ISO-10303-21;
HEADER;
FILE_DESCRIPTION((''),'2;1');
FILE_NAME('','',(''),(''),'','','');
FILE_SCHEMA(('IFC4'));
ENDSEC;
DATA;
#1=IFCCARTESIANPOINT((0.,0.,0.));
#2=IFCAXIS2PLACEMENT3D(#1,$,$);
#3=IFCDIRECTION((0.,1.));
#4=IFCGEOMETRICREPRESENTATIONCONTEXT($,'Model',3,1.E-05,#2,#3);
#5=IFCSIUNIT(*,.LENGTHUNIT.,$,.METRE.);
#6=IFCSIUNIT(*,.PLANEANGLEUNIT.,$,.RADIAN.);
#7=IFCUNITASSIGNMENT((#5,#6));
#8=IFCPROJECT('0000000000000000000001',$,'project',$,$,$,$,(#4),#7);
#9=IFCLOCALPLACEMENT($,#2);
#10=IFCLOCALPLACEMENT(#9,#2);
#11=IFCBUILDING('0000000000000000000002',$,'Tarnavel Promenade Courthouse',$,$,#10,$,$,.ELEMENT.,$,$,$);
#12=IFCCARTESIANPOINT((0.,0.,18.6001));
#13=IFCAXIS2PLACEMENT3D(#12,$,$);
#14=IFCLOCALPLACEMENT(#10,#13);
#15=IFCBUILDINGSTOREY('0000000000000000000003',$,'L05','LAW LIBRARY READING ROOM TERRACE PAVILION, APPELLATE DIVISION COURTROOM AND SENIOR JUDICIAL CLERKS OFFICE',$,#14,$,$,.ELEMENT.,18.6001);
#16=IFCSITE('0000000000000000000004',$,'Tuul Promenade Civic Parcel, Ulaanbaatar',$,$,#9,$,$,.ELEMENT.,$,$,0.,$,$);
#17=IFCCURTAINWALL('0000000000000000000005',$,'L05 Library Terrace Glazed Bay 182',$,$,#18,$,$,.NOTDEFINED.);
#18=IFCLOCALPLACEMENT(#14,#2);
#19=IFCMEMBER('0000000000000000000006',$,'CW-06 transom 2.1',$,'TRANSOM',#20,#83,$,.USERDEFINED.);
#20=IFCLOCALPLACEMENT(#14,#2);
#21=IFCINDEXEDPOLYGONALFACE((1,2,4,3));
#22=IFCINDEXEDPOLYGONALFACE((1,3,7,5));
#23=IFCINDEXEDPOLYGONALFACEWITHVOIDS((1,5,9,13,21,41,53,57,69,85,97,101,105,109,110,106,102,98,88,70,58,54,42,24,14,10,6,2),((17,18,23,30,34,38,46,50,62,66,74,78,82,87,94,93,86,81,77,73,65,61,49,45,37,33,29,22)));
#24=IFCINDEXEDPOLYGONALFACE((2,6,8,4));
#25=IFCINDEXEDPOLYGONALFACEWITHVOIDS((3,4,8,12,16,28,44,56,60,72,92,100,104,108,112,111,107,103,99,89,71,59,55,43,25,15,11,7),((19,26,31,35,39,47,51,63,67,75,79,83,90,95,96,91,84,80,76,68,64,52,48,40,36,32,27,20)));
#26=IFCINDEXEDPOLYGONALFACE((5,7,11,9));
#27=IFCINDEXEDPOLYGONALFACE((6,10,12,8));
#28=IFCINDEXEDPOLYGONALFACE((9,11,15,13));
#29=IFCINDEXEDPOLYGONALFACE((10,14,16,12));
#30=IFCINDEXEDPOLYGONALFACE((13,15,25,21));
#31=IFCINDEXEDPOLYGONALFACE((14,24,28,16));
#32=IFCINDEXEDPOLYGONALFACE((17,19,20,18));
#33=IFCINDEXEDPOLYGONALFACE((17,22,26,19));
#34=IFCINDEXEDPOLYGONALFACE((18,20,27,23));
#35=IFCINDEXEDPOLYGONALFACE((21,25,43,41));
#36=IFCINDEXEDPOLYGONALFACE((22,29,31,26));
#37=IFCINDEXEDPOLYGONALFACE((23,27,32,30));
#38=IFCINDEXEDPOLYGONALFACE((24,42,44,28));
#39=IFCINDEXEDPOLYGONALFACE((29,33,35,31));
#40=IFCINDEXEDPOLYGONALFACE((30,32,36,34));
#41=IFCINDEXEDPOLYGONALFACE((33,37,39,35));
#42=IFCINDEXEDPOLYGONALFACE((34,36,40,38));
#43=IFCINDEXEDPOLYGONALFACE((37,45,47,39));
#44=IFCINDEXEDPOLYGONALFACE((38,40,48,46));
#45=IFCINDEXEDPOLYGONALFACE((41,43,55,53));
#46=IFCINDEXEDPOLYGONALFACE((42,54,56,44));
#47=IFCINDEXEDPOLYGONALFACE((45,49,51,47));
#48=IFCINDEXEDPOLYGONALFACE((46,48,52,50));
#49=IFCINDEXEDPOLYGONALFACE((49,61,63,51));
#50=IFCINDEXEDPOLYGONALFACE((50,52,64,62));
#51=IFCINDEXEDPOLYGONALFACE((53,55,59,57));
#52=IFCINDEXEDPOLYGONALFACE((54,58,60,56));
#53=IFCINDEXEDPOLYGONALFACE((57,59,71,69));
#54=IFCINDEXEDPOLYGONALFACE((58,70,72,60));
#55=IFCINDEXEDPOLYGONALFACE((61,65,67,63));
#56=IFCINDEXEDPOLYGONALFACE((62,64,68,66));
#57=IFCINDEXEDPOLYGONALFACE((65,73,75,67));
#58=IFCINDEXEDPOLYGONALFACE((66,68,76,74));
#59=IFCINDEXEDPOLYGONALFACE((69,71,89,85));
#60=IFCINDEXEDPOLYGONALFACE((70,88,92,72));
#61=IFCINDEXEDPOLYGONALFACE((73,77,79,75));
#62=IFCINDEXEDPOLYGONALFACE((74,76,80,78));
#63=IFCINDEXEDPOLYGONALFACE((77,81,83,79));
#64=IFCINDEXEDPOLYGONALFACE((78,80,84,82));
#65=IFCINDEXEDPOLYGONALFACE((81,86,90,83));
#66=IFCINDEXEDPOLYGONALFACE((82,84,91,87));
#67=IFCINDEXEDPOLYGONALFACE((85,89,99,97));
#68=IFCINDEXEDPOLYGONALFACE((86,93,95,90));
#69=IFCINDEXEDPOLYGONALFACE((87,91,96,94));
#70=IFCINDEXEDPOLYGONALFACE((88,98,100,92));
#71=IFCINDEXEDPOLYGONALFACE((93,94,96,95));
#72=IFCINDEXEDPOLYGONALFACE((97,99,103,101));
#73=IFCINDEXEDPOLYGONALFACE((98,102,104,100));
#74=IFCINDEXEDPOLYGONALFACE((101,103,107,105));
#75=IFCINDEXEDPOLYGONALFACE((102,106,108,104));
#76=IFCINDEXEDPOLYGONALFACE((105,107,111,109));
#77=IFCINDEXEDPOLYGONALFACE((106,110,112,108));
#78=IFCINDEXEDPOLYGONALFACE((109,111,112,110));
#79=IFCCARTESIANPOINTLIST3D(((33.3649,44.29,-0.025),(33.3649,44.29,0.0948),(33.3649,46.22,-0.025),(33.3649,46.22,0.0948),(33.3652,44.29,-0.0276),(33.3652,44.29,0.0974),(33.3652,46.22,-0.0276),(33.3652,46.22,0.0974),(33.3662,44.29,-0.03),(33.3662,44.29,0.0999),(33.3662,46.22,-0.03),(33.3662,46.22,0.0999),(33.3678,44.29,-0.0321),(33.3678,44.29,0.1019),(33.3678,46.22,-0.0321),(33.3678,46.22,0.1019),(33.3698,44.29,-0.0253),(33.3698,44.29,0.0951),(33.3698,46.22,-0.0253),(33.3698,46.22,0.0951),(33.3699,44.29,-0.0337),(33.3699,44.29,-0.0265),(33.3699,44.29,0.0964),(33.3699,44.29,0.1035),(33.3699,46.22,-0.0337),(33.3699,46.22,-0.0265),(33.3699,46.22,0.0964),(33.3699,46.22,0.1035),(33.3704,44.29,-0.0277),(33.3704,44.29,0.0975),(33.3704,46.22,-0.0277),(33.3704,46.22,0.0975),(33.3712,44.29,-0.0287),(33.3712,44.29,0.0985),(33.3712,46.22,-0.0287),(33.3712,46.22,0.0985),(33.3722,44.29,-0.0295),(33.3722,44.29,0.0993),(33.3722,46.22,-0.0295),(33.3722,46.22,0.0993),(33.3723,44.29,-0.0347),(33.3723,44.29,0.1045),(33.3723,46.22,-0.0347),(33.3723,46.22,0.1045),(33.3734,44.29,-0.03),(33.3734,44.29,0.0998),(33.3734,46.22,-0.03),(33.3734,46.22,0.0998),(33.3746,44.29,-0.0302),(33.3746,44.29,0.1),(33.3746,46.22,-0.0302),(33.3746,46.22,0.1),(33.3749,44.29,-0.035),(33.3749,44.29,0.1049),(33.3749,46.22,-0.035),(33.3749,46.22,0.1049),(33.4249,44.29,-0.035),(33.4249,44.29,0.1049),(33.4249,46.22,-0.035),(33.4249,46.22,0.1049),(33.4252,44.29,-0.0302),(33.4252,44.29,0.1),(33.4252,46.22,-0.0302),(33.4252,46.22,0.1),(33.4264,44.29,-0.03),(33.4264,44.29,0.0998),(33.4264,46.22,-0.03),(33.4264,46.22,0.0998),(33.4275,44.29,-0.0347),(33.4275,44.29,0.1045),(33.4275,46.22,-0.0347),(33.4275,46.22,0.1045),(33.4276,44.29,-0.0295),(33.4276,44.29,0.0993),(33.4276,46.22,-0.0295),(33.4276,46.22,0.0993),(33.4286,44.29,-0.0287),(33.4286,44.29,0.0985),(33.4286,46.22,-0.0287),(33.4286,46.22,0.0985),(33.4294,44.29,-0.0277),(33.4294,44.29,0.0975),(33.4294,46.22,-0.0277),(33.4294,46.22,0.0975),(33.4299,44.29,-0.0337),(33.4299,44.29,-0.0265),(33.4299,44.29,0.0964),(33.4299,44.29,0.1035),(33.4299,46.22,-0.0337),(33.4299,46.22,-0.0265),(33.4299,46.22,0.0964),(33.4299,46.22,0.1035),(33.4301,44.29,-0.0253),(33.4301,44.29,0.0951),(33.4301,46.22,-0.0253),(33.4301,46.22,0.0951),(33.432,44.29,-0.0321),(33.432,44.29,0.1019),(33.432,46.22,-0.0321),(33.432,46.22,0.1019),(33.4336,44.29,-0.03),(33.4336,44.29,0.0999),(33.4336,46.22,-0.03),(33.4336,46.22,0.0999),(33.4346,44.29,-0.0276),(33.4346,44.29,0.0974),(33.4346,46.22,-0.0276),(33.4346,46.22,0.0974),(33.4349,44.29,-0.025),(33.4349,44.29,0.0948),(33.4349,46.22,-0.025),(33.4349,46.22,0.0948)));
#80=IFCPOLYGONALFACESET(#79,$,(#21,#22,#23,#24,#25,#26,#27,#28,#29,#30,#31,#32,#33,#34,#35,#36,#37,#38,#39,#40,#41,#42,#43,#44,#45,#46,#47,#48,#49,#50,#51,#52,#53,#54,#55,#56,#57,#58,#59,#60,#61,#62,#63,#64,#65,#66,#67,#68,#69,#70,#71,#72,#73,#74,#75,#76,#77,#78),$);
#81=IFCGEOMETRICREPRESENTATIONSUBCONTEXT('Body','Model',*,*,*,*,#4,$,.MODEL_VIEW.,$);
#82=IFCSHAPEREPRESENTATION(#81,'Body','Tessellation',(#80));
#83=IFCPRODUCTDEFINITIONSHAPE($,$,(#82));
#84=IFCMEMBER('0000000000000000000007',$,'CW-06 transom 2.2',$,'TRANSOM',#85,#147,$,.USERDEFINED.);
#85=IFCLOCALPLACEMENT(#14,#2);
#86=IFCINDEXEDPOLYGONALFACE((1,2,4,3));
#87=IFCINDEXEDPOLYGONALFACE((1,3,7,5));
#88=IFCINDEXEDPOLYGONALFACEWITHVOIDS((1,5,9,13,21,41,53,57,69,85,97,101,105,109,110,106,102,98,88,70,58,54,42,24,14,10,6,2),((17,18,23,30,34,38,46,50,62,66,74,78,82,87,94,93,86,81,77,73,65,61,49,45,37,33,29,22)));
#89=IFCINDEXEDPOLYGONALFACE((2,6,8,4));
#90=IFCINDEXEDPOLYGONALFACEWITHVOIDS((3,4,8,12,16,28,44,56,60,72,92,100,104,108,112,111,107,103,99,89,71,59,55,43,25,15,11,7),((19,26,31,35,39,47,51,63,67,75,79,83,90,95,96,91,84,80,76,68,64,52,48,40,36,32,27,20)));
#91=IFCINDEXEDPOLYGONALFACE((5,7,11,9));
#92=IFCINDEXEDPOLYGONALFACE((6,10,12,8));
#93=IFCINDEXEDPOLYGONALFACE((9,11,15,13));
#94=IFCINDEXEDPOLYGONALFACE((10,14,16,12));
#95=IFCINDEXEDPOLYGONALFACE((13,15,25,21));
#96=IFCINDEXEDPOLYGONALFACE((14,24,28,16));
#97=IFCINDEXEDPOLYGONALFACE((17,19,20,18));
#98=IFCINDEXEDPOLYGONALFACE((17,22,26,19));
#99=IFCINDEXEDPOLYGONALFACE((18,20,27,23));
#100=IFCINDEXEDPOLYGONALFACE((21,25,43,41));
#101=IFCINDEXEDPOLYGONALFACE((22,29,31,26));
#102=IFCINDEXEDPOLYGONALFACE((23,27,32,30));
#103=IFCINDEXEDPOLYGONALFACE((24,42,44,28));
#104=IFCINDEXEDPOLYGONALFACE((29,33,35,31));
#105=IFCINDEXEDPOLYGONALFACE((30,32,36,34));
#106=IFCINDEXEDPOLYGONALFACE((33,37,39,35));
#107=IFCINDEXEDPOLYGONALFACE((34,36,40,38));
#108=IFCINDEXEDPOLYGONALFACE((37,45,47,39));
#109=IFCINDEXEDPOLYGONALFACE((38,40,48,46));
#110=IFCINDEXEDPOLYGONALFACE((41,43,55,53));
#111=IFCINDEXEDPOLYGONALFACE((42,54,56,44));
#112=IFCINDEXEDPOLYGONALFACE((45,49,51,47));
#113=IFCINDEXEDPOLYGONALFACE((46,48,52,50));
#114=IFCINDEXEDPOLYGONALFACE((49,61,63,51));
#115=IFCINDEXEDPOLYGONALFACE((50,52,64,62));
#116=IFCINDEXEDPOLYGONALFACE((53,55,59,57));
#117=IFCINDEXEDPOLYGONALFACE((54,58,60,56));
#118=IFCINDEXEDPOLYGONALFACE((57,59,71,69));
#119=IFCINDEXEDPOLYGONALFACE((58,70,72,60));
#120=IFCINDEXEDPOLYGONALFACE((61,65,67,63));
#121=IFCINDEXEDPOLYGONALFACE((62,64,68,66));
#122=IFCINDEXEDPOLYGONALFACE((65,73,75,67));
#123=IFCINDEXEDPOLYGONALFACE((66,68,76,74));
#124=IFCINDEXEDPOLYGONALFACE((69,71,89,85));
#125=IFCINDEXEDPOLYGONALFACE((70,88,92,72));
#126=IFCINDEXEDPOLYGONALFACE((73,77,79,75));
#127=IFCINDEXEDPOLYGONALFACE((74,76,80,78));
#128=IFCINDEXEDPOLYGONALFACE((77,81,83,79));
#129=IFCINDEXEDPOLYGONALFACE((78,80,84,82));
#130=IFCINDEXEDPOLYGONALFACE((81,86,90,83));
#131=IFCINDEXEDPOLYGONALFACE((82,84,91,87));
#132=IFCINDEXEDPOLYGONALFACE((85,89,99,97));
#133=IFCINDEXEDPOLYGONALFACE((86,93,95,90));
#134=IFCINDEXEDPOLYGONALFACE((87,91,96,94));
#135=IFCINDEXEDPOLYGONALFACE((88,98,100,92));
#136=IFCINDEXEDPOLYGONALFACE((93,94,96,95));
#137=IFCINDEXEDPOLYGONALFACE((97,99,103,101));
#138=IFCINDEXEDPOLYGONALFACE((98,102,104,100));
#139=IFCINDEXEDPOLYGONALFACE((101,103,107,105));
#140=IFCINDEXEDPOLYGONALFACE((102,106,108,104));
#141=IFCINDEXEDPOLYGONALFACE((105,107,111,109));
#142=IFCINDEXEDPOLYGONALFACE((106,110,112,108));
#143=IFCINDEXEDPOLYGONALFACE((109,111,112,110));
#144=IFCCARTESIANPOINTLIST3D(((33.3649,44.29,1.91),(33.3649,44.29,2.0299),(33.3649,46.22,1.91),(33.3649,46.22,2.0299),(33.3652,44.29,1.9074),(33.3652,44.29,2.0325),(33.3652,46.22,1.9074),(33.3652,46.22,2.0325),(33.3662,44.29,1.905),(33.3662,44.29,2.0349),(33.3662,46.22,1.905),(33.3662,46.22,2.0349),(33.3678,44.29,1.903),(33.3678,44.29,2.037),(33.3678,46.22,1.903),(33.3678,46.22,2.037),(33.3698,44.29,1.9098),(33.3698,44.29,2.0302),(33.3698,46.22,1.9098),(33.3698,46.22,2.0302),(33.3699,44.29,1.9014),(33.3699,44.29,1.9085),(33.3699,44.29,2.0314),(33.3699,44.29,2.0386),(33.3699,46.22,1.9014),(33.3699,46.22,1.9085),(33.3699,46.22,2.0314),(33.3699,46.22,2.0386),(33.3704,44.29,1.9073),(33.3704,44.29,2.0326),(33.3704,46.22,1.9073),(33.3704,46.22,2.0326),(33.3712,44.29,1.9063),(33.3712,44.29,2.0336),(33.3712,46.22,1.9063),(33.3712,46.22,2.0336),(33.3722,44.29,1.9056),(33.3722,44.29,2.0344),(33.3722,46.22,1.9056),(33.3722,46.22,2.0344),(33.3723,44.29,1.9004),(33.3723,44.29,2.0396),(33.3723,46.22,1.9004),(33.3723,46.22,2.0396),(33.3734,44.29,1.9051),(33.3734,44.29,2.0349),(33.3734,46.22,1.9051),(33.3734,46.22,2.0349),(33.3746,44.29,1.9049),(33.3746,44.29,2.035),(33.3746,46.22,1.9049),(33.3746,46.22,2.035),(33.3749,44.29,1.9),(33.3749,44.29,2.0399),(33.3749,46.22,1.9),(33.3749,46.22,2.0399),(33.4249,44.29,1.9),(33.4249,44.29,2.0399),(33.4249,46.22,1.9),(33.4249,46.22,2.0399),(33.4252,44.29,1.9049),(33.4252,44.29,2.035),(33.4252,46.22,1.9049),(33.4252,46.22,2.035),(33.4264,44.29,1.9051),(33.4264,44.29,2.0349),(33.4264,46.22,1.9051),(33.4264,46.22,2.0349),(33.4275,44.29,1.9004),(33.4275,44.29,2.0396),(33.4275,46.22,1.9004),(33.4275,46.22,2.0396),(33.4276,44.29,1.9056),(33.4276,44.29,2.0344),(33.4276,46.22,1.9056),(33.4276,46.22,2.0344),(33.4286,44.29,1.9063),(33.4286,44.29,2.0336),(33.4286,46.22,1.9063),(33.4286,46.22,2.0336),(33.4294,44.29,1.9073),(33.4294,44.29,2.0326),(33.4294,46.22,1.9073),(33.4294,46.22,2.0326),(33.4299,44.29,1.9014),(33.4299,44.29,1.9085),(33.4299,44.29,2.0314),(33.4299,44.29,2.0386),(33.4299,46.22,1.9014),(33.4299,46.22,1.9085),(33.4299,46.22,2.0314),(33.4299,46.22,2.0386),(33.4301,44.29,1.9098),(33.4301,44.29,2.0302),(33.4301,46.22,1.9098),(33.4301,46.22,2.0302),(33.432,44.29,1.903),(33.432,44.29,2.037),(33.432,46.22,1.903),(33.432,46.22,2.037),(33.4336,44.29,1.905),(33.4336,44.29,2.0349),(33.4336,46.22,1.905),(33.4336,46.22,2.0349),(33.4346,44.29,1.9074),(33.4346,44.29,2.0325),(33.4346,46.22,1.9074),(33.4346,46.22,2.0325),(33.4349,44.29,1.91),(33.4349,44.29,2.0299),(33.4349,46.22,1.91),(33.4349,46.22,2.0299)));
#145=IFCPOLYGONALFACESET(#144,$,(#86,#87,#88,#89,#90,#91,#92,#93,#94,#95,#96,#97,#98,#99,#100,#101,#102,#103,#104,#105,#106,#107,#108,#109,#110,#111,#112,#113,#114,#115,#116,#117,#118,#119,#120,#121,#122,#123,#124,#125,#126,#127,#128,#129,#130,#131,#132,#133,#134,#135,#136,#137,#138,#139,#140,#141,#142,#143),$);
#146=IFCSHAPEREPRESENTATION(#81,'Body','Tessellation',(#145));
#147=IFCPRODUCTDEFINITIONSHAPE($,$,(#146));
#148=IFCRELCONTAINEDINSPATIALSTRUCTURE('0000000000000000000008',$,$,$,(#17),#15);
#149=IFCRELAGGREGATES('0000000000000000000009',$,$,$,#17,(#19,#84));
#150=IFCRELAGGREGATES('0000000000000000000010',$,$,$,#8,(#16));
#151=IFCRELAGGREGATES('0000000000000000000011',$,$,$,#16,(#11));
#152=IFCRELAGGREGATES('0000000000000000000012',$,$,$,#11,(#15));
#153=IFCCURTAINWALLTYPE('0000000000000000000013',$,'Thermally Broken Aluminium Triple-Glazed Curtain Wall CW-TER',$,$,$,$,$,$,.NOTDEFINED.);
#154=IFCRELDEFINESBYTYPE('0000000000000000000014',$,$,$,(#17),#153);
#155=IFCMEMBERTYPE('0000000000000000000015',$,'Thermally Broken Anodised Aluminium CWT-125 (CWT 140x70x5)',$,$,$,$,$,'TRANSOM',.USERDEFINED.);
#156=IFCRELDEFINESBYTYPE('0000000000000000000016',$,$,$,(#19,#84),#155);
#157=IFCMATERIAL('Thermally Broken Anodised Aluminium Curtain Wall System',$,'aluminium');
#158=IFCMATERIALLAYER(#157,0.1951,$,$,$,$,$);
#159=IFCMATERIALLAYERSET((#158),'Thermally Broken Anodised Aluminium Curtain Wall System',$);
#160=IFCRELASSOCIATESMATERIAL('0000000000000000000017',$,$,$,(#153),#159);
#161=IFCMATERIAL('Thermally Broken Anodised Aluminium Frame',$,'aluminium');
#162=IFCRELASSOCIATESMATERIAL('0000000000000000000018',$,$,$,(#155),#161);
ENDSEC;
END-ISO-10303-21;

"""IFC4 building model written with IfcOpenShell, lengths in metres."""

from ifc_helpers import new_model, si_unit, direction, frame, origin, origin_2d, place, context, subcontext, project, spatial, hollow_rectangle, extrude, material, layer, layer_set, material_profile, profile_set, type_object, element, aggregate, save


model = new_model("IFC4")

# Units and contexts
model_context = context("Model", 3, precision=1e-05, world=origin(), true_north=direction((0.0, 1.0)))
body_context = subcontext(model_context, "Body", "Model", "MODEL_VIEW")
ifc_project = project(units=[si_unit("LENGTHUNIT", "METRE"), si_unit("PLANEANGLEUNIT", "RADIAN")], contexts=[model_context])

# Site, building, storey
site_placement = place(None, origin())
site = spatial("IfcSite", under=ifc_project, at=site_placement, Name="Tuul Promenade Civic Parcel, Ulaanbaatar", CompositionType="ELEMENT", RefElevation=0.0)
building_placement = place(site_placement, origin())
building = spatial("IfcBuilding", under=site, at=building_placement, Name="Tarnavel Promenade Courthouse", CompositionType="ELEMENT")
storey_placement = place(building_placement, frame((0.0, 0.0, 18.6001)))
storey = spatial("IfcBuildingStorey", under=building, at=storey_placement, Name="L05", Description="LAW LIBRARY READING ROOM TERRACE PAVILION, APPELLATE DIVISION COURTROOM AND SENIOR JUDICIAL CLERKS OFFICE", CompositionType="ELEMENT", Elevation=18.6001)

# Curtain wall
ifc_material_1 = material(Name="Thermally Broken Anodised Aluminium Curtain Wall System", Category="aluminium")
ifc_layer_1 = layer(ifc_material_1, 0.1951)
ifc_layer_set_1 = layer_set([ifc_layer_1], Name="Thermally Broken Anodised Aluminium Curtain Wall System")
curtain_wall_type = type_object("IfcCurtainWallType", Name="Thermally Broken Aluminium Triple-Glazed Curtain Wall CW-TER", PredefinedType="NOTDEFINED", material=ifc_layer_set_1)
ifc_material_2 = material(Name="Thermally Broken Anodised Aluminium Frame", Category="aluminium")
curtain_wall_1_placement = place(storey_placement, origin())
curtain_wall_1 = element("IfcCurtainWall", 1, at=curtain_wall_1_placement, inside=storey, type_object=curtain_wall_type, Name="L05 Library Terrace Glazed Bay 182", PredefinedType="NOTDEFINED")

# Members
ifc_material_profile_1 = material_profile(ifc_material_2, hollow_rectangle(XDim=0.0701, YDim=0.1399, WallThickness=0.0049, InnerFilletRadius=0.0049, OuterFilletRadius=0.01, at=origin_2d()), Name="CWT 140x70x5")
ifc_profile_set_1 = profile_set([ifc_material_profile_1], Name="Thermally Broken Anodised Aluminium Frame")
member_type_1 = type_object("IfcMemberType", Name="Thermally Broken Anodised Aluminium CWT-125 (CWT 140x70x5)", ElementType="TRANSOM", PredefinedType="USERDEFINED", material=ifc_profile_set_1)
member_1_placement = place(storey_placement, frame((33.3999, 44.29, 0.0349), z_axis=(0.0, 1.0, 0.0), x_axis=(-1.0, 0.0, 0.0)))
member_1 = element("IfcMember", 2, at=member_1_placement, type_object=member_type_1, Name="CW-06 transom 2.1", ObjectType="TRANSOM", PredefinedType="USERDEFINED", context=body_context, shape_type="SweptSolid", body=[
    extrude(hollow_rectangle(XDim=0.0701, YDim=0.1399, WallThickness=0.0049, InnerFilletRadius=0.0049, OuterFilletRadius=0.01, at=origin_2d()), origin(), (0.0, 0.0, 1.0), 1.9299),
])
member_2_placement = place(storey_placement, frame((33.3999, 44.29, 1.97), z_axis=(0.0, 1.0, 0.0), x_axis=(-1.0, 0.0, 0.0)))
member_2 = element("IfcMember", 3, at=member_2_placement, type_object=member_type_1, Name="CW-06 transom 2.2", ObjectType="TRANSOM", PredefinedType="USERDEFINED", context=body_context, shape_type="SweptSolid", body=[
    extrude(hollow_rectangle(XDim=0.0701, YDim=0.1399, WallThickness=0.0049, InnerFilletRadius=0.0049, OuterFilletRadius=0.01, at=origin_2d()), origin(), (0.0, 0.0, 1.0), 1.9299),
])

aggregate(curtain_wall_1, [member_1, member_2])

save(model, "model.ifc")
